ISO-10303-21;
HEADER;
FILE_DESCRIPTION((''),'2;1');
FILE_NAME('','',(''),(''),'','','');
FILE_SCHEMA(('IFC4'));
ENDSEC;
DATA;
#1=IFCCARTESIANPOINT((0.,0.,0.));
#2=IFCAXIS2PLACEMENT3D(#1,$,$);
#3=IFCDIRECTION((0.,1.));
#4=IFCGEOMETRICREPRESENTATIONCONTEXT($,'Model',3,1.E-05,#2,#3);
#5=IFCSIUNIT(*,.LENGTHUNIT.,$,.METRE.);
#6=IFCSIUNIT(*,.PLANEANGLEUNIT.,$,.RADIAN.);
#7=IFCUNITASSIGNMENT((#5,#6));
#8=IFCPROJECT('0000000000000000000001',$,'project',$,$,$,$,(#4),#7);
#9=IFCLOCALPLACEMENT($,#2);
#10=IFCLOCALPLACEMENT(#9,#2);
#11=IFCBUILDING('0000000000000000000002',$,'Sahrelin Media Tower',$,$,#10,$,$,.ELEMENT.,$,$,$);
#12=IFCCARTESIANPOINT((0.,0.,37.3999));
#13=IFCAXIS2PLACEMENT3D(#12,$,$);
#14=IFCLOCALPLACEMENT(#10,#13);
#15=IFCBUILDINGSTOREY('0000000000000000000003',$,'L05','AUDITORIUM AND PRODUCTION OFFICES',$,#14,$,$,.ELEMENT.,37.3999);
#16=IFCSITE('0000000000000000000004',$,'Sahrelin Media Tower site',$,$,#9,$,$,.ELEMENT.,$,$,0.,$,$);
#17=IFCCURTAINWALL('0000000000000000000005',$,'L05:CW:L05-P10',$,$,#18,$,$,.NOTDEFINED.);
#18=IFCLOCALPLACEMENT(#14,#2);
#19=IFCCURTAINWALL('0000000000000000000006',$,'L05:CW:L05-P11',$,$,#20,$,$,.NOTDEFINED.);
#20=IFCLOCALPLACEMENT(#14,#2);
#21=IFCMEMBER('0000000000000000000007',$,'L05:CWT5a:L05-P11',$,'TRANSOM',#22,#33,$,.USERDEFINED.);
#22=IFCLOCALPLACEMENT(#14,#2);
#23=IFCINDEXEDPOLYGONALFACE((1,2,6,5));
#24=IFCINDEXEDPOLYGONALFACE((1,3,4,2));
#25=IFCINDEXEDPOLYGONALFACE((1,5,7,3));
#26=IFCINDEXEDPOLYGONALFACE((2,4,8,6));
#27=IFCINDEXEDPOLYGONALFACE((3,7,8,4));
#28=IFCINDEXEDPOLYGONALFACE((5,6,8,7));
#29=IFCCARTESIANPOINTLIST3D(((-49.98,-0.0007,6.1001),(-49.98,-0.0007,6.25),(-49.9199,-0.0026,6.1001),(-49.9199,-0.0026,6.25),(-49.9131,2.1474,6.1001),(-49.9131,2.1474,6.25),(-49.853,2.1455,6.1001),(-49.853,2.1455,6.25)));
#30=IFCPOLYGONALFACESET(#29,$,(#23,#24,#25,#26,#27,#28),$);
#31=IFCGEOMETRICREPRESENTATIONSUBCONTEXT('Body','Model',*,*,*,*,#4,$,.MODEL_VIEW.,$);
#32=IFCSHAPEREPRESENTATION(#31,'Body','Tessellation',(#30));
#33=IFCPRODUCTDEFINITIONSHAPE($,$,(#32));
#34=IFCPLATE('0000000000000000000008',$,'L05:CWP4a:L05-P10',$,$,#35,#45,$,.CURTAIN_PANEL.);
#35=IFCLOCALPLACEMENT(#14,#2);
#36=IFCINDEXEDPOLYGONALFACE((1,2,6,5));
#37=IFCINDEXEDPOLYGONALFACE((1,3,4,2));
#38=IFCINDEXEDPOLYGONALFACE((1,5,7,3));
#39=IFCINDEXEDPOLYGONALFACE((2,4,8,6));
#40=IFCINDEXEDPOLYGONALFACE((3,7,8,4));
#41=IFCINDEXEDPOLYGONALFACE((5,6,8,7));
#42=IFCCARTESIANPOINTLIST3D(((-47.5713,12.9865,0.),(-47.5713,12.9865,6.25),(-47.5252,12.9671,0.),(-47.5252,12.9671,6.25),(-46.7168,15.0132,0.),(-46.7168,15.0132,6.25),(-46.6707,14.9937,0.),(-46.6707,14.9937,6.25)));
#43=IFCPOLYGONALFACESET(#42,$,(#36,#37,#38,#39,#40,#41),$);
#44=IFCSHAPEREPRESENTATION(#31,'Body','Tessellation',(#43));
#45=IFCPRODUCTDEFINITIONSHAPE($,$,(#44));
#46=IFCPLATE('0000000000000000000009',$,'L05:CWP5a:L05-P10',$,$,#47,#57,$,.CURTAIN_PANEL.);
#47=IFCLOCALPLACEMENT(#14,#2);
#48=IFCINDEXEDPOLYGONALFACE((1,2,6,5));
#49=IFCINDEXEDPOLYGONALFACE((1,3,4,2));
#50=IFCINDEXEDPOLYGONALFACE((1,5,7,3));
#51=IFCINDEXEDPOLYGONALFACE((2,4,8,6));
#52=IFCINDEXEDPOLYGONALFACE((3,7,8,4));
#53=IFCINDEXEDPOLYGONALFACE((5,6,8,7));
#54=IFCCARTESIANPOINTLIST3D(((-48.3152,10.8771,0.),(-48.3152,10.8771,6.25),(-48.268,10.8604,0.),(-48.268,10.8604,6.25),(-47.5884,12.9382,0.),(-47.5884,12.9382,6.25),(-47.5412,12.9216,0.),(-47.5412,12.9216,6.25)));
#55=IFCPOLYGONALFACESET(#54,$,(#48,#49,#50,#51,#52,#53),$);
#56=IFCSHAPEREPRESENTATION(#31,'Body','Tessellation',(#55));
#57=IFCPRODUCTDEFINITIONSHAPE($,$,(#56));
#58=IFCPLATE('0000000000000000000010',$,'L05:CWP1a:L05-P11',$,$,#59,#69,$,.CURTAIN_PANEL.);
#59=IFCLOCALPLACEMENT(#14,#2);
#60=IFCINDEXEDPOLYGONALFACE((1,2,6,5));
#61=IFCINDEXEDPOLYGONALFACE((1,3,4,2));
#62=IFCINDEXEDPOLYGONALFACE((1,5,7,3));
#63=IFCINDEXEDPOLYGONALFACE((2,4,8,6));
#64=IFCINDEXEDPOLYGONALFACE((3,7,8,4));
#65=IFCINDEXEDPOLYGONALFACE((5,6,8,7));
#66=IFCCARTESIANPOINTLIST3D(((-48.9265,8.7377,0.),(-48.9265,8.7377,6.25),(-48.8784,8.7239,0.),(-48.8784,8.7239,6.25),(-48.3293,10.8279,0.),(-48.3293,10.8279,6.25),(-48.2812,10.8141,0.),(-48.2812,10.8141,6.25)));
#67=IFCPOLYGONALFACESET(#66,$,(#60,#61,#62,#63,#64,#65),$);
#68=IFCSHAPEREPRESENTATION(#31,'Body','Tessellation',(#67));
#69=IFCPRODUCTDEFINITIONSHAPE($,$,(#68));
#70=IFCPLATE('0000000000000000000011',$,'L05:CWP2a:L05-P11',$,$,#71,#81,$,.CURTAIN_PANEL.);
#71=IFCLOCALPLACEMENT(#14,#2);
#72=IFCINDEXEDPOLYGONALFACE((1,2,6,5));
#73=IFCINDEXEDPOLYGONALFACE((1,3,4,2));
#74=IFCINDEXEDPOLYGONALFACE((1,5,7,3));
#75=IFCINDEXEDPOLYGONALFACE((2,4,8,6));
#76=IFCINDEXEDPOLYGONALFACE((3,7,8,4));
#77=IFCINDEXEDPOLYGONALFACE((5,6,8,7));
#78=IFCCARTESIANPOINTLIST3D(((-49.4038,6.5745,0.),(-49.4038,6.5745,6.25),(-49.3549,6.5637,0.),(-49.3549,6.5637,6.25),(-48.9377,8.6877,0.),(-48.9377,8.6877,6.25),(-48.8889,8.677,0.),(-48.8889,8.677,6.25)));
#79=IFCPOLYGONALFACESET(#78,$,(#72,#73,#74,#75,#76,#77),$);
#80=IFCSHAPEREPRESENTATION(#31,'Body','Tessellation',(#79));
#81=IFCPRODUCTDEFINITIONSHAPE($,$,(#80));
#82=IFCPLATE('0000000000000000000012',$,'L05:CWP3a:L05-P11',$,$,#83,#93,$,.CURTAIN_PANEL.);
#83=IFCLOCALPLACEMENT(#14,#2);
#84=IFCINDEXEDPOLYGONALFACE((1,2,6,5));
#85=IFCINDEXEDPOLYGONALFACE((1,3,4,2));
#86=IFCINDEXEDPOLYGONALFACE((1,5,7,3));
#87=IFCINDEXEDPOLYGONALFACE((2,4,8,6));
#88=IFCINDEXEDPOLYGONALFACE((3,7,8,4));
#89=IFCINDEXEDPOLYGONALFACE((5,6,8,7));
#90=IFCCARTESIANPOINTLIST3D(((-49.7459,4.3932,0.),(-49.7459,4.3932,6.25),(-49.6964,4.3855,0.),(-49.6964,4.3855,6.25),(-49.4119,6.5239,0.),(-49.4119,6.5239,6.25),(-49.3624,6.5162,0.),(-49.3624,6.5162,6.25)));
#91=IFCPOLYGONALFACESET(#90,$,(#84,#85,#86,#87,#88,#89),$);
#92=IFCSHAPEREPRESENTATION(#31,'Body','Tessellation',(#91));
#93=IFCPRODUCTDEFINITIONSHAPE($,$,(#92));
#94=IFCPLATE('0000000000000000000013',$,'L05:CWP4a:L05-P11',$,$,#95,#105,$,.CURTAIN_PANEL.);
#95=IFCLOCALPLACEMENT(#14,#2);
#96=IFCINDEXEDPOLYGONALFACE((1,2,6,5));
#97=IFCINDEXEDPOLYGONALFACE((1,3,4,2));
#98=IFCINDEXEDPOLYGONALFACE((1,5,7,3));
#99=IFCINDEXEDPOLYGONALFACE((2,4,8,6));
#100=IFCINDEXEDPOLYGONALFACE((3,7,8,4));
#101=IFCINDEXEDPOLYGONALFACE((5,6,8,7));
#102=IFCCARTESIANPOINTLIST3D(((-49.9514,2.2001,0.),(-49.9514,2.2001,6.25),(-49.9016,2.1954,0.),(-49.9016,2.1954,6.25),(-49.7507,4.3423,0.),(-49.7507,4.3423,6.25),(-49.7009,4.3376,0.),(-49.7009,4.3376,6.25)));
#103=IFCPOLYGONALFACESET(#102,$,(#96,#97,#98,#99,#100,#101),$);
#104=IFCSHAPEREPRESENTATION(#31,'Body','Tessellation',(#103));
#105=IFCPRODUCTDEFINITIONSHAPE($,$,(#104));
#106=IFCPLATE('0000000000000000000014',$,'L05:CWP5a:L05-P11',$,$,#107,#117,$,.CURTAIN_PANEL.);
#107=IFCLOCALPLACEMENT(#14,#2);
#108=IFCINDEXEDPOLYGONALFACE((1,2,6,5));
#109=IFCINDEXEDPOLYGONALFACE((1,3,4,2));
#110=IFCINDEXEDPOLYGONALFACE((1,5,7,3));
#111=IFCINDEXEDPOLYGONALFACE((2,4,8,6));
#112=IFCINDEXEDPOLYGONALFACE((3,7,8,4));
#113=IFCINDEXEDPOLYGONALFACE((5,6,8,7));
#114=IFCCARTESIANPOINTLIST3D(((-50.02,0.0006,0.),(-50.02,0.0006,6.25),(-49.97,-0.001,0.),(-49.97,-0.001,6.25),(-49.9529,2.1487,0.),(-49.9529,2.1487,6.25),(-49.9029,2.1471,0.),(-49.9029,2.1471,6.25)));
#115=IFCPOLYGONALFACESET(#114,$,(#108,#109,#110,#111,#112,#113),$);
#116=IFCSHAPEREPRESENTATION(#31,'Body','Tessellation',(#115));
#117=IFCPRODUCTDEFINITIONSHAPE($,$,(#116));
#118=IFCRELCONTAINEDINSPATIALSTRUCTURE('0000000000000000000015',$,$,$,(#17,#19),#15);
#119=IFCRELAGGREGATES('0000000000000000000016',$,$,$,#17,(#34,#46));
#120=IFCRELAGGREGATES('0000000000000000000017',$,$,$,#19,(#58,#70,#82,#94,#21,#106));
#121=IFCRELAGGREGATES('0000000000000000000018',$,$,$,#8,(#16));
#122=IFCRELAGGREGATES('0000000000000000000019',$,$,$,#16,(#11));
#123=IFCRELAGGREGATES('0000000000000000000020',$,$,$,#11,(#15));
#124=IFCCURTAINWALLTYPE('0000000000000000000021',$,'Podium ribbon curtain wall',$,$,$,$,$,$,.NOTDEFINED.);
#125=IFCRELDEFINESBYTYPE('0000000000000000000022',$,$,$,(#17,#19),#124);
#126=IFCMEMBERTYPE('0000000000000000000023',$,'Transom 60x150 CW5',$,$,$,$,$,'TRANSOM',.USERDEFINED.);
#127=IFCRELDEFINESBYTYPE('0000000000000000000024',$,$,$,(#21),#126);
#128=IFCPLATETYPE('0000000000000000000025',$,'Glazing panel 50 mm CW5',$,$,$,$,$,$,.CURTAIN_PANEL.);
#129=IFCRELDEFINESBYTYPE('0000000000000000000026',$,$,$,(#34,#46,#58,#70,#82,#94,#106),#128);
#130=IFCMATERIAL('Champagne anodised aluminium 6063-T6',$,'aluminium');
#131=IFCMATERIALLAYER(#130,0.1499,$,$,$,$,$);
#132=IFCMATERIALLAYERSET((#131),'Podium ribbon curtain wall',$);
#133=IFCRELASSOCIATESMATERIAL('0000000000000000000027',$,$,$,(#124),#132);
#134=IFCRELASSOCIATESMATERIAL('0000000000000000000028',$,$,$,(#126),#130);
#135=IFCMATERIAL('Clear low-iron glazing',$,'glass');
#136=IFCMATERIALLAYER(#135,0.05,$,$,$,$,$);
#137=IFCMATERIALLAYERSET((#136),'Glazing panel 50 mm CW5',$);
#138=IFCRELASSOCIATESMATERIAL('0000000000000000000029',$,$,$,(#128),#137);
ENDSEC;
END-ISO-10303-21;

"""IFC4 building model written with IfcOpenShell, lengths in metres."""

from ifc_helpers import new_model, si_unit, direction, frame, origin, origin_2d, place, context, subcontext, project, spatial, polyline, rectangle, outline, extrude, material, layer, layer_set, material_profile, profile_set, type_object, element, aggregate, save


model = new_model("IFC4")

# Units and contexts
model_context = context("Model", 3, precision=1e-05, world=origin(), true_north=direction((0.0, 1.0)))
body_context = subcontext(model_context, "Body", "Model", "MODEL_VIEW")
ifc_project = project(units=[si_unit("LENGTHUNIT", "METRE"), si_unit("PLANEANGLEUNIT", "RADIAN")], contexts=[model_context])

# Site, building, storey
site_placement = place(None, origin())
site = spatial("IfcSite", under=ifc_project, at=site_placement, Name="Sahrelin Media Tower site", CompositionType="ELEMENT", RefElevation=0.0)
building_placement = place(site_placement, origin())
building = spatial("IfcBuilding", under=site, at=building_placement, Name="Sahrelin Media Tower", CompositionType="ELEMENT")
storey_placement = place(building_placement, frame((0.0, 0.0, 37.3999)))
storey = spatial("IfcBuildingStorey", under=building, at=storey_placement, Name="L05", Description="AUDITORIUM AND PRODUCTION OFFICES", CompositionType="ELEMENT", Elevation=37.3999)

# Curtain walls
ifc_material_1 = material(Name="Champagne anodised aluminium 6063-T6", Category="aluminium")
ifc_layer_1 = layer(ifc_material_1, 0.1499)
ifc_layer_set_1 = layer_set([ifc_layer_1], Name="Podium ribbon curtain wall")
curtain_wall_type = type_object("IfcCurtainWallType", Name="Podium ribbon curtain wall", PredefinedType="NOTDEFINED", material=ifc_layer_set_1)
curtain_wall_1_placement = place(storey_placement, frame((-43.3013, 21.0, 0.0), z_axis=(0.0, 0.0, 1.0), x_axis=(1.0, 0.0, 0.0)))
curtain_wall_1 = element("IfcCurtainWall", 1, at=curtain_wall_1_placement, inside=storey, type_object=curtain_wall_type, Name="L05:CW:L05-P10", PredefinedType="NOTDEFINED")
curtain_wall_2_placement = place(storey_placement, frame((-48.2964, 10.8704, 0.0), z_axis=(0.0, 0.0, 1.0), x_axis=(1.0, 0.0, 0.0)))
curtain_wall_2 = element("IfcCurtainWall", 2, at=curtain_wall_2_placement, inside=storey, type_object=curtain_wall_type, Name="L05:CW:L05-P11", PredefinedType="NOTDEFINED")

# Member
ifc_material_profile_1 = material_profile(ifc_material_1, rectangle(XDim=0.0601, YDim=0.1499, at=origin_2d()), Name="Transom 60x150")
ifc_profile_set_1 = profile_set([ifc_material_profile_1], Name="Champagne anodised aluminium 6063-T6")
member_type_1 = type_object("IfcMemberType", Name="Transom 60x150 CW5", ElementType="TRANSOM", PredefinedType="USERDEFINED", material=ifc_profile_set_1)
member_1_placement = place(storey_placement, frame((-49.8831, 2.1465, 6.175), z_axis=(-0.031125, -0.999516, 0.0), x_axis=(0.999516, -0.031125, 0.0)))
member_1 = element("IfcMember", 3, at=member_1_placement, type_object=member_type_1, Name="L05:CWT5a:L05-P11", ObjectType="TRANSOM", PredefinedType="USERDEFINED", context=body_context, shape_type="SweptSolid", body=[
    extrude(rectangle(XDim=0.0601, YDim=0.1499, at=origin_2d()), origin(), (0.0, 0.0, 1.0), 2.1492),
])

# Plates
ifc_material_2 = material(Name="Clear low-iron glazing", Category="glass")
ifc_layer_2 = layer(ifc_material_2, 0.05)
ifc_layer_set_2 = layer_set([ifc_layer_2], Name="Glazing panel 50 mm CW5")
plate_type = type_object("IfcPlateType", Name="Glazing panel 50 mm CW5", PredefinedType="CURTAIN_PANEL", material=ifc_layer_set_2)
plate_1_placement = place(storey_placement, frame((-46.7168, 15.0132, 0.0), z_axis=(-0.921443, 0.388514, 0.0), x_axis=(-0.388514, -0.921443, 0.0)))
plate_1 = element("IfcPlate", 4, at=plate_1_placement, type_object=plate_type, Name="L05:CWP4a:L05-P10", PredefinedType="CURTAIN_PANEL", context=body_context, shape_type="SweptSolid", body=[
    extrude(outline(polyline([(0.0, 0.0), (2.1995, 0.0), (2.1995, 6.25), (0.0, 6.25), (0.0, 0.0)])), origin(), (0.0, 0.0, -1.0), 0.05),
])
plate_2_placement = place(storey_placement, frame((-47.5884, 12.9382, 0.0), z_axis=(-0.943079, 0.332569, 0.0), x_axis=(-0.332569, -0.943079, 0.0)))
plate_2 = element("IfcPlate", 5, at=plate_2_placement, type_object=plate_type, Name="L05:CWP5a:L05-P10", PredefinedType="CURTAIN_PANEL", context=body_context, shape_type="SweptSolid", body=[
    extrude(outline(polyline([(0.0, 0.0), (2.1855, 0.0), (2.1855, 6.25), (0.0, 6.25), (0.0, 0.0)])), origin(), (0.0, 0.0, -1.0), 0.05),
])
aggregate(curtain_wall_1, [plate_1, plate_2])
plate_3_placement = place(storey_placement, frame((-48.3293, 10.8279, 0.0), z_axis=(-0.961524, 0.274721, 0.0), x_axis=(-0.274721, -0.961524, 0.0)))
plate_3 = element("IfcPlate", 6, at=plate_3_placement, type_object=plate_type, Name="L05:CWP1a:L05-P11", PredefinedType="CURTAIN_PANEL", context=body_context, shape_type="SweptSolid", body=[
    extrude(outline(polyline([(0.0, 0.0), (2.1738, 0.0), (2.1738, 6.25), (0.0, 6.25), (0.0, 0.0)])), origin(), (0.0, 0.0, -1.0), 0.05),
])
plate_4_placement = place(storey_placement, frame((-48.9377, 8.6877, 0.0), z_axis=(-0.976534, 0.215365, 0.0), x_axis=(-0.215365, -0.976534, 0.0)))
plate_4 = element("IfcPlate", 7, at=plate_4_placement, type_object=plate_type, Name="L05:CWP2a:L05-P11", PredefinedType="CURTAIN_PANEL", context=body_context, shape_type="SweptSolid", body=[
    extrude(outline(polyline([(0.0, 0.0), (2.1641, 0.0), (2.1641, 6.25), (0.0, 6.25), (0.0, 0.0)])), origin(), (0.0, 0.0, -1.0), 0.05),
])
plate_5_placement = place(storey_placement, frame((-49.4119, 6.5239, 0.0), z_axis=(-0.987936, 0.154864, 0.0), x_axis=(-0.154864, -0.987936, 0.0)))
plate_5 = element("IfcPlate", 8, at=plate_5_placement, type_object=plate_type, Name="L05:CWP3a:L05-P11", PredefinedType="CURTAIN_PANEL", context=body_context, shape_type="SweptSolid", body=[
    extrude(outline(polyline([(0.0, 0.0), (2.1567, 0.0), (2.1567, 6.25), (0.0, 6.25), (0.0, 0.0)])), origin(), (0.0, 0.0, -1.0), 0.05),
])
plate_6_placement = place(storey_placement, frame((-49.7507, 4.3423, 0.0), z_axis=(-0.995641, 0.093267, 0.0), x_axis=(-0.093267, -0.995641, 0.0)))
plate_6 = element("IfcPlate", 9, at=plate_6_placement, type_object=plate_type, Name="L05:CWP4a:L05-P11", PredefinedType="CURTAIN_PANEL", context=body_context, shape_type="SweptSolid", body=[
    extrude(outline(polyline([(0.0, 0.0), (2.1516, 0.0), (2.1516, 6.25), (0.0, 6.25), (0.0, 0.0)])), origin(), (0.0, 0.0, -1.0), 0.05),
])
plate_7_placement = place(storey_placement, frame((-49.9529, 2.1487, 0.0), z_axis=(-0.999512, 0.031238, 0.0), x_axis=(-0.031238, -0.999512, 0.0)))
plate_7 = element("IfcPlate", 10, at=plate_7_placement, type_object=plate_type, Name="L05:CWP5a:L05-P11", PredefinedType="CURTAIN_PANEL", context=body_context, shape_type="SweptSolid", body=[
    extrude(outline(polyline([(0.0, 0.0), (2.1492, 0.0), (2.1492, 6.25), (0.0, 6.25), (0.0, 0.0)])), origin(), (0.0, 0.0, -1.0), 0.05),
])
aggregate(curtain_wall_2, [plate_3, plate_4, plate_5, plate_6, member_1, plate_7])

save(model, "model.ifc")
